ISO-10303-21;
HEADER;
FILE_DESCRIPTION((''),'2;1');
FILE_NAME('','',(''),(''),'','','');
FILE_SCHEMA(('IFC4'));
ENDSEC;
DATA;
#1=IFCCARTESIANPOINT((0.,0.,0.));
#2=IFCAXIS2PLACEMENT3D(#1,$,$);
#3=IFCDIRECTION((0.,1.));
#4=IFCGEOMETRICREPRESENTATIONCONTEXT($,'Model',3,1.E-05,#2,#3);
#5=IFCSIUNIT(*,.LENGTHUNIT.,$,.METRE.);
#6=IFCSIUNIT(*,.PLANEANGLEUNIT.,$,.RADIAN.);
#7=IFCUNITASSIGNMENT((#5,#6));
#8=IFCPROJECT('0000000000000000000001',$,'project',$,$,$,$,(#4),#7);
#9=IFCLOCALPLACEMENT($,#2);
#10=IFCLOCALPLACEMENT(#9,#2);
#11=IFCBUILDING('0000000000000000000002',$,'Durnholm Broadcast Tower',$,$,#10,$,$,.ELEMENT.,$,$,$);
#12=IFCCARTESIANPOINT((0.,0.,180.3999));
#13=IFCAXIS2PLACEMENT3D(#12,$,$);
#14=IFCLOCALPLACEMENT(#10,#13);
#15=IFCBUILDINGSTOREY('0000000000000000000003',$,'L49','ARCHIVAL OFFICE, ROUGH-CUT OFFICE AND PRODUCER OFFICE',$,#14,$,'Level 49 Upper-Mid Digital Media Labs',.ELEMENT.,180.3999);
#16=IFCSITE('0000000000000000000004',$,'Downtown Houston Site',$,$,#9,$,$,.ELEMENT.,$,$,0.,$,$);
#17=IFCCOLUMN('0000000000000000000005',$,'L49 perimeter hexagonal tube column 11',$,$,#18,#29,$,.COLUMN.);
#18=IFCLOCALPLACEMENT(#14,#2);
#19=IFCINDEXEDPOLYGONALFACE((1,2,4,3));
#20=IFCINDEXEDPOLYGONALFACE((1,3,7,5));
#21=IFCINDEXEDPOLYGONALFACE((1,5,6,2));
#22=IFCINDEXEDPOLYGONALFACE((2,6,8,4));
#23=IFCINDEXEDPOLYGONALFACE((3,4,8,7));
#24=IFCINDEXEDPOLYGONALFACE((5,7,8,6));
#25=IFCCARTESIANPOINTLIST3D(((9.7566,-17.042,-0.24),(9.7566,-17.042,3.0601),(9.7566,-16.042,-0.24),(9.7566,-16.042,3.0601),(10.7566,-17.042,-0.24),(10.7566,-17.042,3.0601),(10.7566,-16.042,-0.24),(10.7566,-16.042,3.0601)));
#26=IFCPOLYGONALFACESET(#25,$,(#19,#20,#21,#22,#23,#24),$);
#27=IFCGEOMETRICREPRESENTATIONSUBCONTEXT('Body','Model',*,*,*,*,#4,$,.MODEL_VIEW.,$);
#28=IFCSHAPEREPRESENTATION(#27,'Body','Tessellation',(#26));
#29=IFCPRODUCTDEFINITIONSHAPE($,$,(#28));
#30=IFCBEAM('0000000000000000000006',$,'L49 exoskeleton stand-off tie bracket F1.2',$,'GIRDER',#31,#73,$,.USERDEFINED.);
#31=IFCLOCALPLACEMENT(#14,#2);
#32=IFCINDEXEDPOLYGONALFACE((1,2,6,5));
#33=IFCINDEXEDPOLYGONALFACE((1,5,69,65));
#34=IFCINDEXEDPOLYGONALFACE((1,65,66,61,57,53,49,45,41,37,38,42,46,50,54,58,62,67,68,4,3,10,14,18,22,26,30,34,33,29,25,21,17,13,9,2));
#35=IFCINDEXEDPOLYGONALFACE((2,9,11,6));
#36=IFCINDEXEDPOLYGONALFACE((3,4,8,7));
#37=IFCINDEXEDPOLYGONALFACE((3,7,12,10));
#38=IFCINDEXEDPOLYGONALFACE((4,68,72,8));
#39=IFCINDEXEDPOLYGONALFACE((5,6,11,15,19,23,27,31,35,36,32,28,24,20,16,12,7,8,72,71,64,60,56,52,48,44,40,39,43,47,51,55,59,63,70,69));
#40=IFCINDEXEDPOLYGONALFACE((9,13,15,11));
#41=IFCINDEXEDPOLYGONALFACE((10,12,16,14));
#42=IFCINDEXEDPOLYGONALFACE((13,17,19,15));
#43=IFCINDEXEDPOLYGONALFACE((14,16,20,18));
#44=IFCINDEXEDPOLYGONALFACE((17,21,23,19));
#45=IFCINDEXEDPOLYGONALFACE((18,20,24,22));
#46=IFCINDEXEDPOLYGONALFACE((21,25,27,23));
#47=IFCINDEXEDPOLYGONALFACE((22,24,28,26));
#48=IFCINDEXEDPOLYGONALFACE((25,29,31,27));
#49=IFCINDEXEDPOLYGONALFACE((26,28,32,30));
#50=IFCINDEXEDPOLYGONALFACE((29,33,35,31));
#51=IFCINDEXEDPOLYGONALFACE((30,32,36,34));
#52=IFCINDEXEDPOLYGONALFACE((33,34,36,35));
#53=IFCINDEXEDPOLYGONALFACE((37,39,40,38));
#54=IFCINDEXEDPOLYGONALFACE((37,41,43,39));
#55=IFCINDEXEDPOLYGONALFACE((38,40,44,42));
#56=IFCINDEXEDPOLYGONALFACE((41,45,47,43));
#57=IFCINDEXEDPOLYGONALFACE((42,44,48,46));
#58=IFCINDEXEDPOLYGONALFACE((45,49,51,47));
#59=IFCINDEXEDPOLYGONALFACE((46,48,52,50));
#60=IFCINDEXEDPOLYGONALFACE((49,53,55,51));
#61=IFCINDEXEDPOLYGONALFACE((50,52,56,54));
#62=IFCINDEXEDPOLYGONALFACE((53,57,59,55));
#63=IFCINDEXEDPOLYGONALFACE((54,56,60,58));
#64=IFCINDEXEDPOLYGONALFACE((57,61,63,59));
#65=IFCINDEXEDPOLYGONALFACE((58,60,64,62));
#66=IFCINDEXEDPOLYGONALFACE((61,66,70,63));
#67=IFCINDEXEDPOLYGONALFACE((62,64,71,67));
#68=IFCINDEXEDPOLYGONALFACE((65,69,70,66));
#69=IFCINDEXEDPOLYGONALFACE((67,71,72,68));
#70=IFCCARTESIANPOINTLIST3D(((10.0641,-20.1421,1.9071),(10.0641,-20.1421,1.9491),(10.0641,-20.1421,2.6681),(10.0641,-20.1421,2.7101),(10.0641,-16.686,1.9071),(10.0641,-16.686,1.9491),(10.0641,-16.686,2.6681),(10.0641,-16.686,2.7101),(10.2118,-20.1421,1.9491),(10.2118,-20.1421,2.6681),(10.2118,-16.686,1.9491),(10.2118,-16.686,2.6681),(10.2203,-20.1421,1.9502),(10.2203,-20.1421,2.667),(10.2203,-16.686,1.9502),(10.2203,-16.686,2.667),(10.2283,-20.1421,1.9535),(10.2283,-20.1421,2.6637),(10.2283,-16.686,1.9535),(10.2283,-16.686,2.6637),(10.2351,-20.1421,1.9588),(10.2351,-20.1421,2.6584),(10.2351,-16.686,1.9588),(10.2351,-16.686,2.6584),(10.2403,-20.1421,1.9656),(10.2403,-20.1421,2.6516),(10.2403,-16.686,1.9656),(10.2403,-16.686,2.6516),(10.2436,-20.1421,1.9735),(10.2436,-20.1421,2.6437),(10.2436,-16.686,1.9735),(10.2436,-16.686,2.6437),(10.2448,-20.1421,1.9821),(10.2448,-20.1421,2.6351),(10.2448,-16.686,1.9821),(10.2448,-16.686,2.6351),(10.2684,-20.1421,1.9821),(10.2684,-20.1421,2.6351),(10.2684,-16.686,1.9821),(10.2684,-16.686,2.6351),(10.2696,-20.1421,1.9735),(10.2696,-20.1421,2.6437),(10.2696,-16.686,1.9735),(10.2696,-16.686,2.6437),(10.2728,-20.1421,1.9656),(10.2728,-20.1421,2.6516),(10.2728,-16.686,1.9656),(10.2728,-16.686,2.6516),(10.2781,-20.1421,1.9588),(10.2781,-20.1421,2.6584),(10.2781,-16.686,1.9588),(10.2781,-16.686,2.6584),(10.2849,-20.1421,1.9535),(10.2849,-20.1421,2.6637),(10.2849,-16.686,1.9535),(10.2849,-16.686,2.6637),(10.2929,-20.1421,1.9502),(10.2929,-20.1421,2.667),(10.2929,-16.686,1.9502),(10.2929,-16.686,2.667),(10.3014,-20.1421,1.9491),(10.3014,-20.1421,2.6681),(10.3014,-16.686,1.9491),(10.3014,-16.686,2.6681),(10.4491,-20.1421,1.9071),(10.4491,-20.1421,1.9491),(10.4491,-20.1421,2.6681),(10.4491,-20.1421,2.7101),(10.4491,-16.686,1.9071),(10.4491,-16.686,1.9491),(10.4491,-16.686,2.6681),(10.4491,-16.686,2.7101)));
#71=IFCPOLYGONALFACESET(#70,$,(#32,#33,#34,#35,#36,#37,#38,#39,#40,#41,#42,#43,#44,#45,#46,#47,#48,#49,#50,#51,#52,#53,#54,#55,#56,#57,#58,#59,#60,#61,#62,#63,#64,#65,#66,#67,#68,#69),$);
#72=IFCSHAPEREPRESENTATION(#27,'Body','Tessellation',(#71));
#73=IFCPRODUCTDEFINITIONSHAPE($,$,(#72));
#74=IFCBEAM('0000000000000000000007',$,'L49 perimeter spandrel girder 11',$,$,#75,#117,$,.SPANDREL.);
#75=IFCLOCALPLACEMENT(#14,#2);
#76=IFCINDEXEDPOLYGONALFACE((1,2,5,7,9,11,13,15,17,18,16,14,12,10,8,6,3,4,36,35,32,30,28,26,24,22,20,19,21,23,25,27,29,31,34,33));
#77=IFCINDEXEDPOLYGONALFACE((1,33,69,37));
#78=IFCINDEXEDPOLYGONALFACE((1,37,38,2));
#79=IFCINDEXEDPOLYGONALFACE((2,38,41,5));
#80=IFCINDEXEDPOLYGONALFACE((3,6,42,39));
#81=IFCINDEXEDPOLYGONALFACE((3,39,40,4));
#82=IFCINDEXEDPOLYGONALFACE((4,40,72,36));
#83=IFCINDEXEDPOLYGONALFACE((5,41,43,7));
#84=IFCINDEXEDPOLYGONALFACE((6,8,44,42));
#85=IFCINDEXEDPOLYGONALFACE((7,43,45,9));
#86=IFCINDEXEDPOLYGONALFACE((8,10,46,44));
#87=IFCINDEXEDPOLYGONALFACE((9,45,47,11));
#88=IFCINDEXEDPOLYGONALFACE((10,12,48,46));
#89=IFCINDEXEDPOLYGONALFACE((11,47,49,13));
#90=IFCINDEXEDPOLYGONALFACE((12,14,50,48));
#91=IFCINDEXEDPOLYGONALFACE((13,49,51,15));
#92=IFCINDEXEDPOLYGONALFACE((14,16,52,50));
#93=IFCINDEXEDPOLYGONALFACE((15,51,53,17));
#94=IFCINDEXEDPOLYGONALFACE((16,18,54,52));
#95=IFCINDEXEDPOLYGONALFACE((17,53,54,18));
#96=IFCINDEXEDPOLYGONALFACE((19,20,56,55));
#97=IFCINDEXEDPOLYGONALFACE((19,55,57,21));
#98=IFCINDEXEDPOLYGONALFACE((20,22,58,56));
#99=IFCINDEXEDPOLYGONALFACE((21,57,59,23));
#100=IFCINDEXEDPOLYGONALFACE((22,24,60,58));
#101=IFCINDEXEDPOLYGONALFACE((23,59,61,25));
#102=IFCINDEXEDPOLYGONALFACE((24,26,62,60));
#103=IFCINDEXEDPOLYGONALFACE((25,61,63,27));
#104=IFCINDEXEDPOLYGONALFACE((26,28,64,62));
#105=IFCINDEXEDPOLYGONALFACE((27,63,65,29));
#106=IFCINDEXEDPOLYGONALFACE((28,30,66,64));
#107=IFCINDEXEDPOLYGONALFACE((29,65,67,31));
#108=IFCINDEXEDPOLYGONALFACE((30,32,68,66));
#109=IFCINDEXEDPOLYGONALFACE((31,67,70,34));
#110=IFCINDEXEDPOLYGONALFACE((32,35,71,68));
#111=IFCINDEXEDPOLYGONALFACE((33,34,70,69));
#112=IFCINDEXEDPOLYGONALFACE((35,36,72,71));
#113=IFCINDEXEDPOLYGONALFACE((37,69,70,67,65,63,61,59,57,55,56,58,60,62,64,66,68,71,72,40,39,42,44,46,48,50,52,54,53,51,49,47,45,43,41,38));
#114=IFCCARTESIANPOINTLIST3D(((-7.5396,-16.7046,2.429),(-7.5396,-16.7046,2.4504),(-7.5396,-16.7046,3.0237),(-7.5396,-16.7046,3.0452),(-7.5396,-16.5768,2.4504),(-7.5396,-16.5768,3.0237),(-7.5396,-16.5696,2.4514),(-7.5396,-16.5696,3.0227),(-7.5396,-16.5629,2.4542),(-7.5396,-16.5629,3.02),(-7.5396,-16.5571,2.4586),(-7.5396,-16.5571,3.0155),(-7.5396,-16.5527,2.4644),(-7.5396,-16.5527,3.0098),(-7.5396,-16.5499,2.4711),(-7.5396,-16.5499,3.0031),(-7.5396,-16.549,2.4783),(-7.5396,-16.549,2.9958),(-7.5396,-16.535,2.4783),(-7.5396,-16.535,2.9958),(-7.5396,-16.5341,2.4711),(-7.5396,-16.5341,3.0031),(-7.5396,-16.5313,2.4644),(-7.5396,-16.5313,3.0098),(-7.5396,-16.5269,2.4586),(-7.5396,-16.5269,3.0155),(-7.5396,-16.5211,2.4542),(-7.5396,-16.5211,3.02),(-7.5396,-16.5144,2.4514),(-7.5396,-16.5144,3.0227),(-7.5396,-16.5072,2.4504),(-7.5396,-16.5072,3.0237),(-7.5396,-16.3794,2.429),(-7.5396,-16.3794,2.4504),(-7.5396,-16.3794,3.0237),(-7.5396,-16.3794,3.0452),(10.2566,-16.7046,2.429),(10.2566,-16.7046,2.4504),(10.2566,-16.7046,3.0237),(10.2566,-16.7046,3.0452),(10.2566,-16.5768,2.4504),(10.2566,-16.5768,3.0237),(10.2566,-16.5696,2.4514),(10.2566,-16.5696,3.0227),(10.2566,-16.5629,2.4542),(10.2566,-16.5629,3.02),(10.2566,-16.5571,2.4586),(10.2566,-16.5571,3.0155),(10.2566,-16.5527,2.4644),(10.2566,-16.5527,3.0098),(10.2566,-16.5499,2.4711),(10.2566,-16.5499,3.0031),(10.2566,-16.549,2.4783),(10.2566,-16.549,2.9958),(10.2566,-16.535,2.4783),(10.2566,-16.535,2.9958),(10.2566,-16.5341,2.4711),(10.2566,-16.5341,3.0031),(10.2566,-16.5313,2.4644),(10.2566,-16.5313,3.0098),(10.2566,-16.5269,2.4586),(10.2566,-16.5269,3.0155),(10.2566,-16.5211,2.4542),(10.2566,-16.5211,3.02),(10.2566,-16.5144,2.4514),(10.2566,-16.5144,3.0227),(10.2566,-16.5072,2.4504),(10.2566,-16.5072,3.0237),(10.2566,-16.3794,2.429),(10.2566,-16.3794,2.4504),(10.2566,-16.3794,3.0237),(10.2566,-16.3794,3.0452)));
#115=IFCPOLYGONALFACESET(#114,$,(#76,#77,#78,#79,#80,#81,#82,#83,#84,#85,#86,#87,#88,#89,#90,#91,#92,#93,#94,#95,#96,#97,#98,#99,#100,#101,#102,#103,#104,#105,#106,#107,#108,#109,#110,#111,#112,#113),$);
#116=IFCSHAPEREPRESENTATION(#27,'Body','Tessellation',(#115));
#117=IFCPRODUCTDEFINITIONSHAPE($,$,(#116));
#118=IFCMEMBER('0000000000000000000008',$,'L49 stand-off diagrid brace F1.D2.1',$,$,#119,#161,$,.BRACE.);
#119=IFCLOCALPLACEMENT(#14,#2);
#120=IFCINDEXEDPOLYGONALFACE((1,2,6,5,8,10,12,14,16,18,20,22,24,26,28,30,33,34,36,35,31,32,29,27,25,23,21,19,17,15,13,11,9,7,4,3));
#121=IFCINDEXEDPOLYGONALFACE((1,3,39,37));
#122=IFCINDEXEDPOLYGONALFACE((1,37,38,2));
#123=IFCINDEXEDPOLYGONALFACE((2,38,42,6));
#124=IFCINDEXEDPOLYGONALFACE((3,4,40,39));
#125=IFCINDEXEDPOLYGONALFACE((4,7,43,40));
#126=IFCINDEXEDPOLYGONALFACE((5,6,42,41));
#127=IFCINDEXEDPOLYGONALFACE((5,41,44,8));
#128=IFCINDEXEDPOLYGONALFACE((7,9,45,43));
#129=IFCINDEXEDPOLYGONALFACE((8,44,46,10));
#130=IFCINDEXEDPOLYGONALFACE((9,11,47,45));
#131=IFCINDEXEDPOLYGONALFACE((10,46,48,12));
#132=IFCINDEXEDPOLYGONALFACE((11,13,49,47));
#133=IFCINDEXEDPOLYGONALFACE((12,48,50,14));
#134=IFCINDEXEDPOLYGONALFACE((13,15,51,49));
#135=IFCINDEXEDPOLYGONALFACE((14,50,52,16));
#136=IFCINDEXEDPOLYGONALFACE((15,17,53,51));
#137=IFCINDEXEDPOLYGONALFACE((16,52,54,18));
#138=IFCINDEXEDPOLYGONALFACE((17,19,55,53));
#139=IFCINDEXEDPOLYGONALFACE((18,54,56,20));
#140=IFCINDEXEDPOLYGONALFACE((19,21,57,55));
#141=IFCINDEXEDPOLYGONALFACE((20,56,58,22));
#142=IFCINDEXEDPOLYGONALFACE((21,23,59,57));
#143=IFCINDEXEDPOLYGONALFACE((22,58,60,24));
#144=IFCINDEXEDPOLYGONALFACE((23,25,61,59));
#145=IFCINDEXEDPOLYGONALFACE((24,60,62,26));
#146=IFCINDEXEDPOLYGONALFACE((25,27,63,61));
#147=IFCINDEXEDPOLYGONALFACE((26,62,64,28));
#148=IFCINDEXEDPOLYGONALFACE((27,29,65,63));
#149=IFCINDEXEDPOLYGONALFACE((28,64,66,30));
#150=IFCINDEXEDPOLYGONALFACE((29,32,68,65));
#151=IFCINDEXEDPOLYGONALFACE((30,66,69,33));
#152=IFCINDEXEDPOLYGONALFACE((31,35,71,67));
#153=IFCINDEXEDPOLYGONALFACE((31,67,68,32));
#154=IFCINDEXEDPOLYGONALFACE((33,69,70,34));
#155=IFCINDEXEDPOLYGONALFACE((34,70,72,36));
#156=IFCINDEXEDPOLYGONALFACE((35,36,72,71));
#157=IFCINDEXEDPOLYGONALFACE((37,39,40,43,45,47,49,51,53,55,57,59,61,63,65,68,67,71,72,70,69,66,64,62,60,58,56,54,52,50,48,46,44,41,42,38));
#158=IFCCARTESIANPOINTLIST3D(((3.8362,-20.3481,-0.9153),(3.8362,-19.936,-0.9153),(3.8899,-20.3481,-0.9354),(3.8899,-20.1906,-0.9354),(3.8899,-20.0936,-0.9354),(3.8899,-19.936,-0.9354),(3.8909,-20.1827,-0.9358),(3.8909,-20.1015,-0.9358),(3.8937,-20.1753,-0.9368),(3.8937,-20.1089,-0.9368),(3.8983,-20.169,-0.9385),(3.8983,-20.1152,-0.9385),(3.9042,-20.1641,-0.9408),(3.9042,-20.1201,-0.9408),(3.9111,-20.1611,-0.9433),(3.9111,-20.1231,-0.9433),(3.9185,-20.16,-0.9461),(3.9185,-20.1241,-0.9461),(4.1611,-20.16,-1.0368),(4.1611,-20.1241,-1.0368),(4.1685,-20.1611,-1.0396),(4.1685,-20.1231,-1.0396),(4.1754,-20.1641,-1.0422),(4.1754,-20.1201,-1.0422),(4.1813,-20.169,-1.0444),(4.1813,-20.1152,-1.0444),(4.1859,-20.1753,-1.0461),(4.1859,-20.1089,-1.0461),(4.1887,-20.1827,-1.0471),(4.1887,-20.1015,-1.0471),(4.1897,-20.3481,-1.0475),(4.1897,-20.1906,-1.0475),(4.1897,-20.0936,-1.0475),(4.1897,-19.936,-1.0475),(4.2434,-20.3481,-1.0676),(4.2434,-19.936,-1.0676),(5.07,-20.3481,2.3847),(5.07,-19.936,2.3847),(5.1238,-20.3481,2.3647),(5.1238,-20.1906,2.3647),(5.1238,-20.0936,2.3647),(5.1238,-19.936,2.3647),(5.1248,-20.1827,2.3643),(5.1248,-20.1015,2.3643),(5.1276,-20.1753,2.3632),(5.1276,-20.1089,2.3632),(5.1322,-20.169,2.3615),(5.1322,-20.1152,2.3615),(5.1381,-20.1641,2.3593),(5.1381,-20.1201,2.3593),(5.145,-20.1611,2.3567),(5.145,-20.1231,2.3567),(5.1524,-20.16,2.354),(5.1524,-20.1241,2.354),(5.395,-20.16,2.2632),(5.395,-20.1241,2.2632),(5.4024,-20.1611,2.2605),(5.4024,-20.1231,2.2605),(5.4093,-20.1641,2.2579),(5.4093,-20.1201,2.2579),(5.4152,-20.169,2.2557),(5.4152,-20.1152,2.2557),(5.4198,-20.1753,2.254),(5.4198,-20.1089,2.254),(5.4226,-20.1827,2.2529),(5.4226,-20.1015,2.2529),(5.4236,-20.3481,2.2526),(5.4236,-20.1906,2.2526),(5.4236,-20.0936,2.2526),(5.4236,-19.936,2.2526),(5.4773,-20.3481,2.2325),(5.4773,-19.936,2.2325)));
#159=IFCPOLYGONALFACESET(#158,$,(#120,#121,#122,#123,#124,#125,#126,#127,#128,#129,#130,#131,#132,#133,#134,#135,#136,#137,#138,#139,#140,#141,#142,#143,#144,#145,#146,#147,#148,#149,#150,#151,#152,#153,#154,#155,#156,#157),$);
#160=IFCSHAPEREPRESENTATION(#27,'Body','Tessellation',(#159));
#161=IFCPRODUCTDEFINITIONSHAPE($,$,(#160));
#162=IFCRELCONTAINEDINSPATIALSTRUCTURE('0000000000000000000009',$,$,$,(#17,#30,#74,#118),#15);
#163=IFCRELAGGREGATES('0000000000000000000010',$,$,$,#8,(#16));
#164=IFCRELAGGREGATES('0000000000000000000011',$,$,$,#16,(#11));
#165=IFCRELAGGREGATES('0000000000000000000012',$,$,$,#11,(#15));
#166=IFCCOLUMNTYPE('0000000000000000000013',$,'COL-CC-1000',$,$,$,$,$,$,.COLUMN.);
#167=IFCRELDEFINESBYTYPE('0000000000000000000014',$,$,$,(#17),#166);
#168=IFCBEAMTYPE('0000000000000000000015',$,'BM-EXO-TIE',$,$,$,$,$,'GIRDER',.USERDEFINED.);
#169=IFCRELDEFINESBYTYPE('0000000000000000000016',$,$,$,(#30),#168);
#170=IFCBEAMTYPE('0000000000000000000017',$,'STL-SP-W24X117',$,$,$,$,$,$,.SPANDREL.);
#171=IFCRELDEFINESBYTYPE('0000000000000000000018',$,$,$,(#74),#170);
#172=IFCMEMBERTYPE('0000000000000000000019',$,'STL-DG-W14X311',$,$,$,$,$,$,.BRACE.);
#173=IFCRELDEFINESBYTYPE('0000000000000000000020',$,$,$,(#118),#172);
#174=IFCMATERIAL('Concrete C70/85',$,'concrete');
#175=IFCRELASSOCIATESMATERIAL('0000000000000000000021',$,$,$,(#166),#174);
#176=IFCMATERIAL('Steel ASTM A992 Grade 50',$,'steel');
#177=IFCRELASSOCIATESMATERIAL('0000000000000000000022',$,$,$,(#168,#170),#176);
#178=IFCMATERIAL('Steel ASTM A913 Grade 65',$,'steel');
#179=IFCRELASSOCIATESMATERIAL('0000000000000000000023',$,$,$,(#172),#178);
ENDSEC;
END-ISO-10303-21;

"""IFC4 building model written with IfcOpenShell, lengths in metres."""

from ifc_helpers import new_model, si_unit, direction, frame, origin, origin_2d, place, context, subcontext, project, spatial, rectangle, i_section, extrude, source, transform, mapped, material, material_profile, profile_set, type_object, type_shapes, element, save


model = new_model("IFC4")

# Units and contexts
model_context = context("Model", 3, precision=1e-05, world=origin(), true_north=direction((0.0, 1.0)))
body_context = subcontext(model_context, "Body", "Model", "MODEL_VIEW")
ifc_project = project(units=[si_unit("LENGTHUNIT", "METRE"), si_unit("PLANEANGLEUNIT", "RADIAN")], contexts=[model_context])

# Site, building, storey
site_placement = place(None, origin())
site = spatial("IfcSite", under=ifc_project, at=site_placement, Name="Downtown Houston Site", CompositionType="ELEMENT", RefElevation=0.0)
building_placement = place(site_placement, origin())
building = spatial("IfcBuilding", under=site, at=building_placement, Name="Durnholm Broadcast Tower", CompositionType="ELEMENT")
storey_placement = place(building_placement, frame((0.0, 0.0, 180.3999)))
storey = spatial("IfcBuildingStorey", under=building, at=storey_placement, Name="L49", Description="ARCHIVAL OFFICE, ROUGH-CUT OFFICE AND PRODUCER OFFICE", LongName="Level 49 Upper-Mid Digital Media Labs", CompositionType="ELEMENT", Elevation=180.3999)

# Column
ifc_material_1 = material(Name="Concrete C70/85", Category="concrete")
ifc_material_profile_1 = material_profile(ifc_material_1, rectangle(XDim=1.0, YDim=1.0, at=origin_2d()), Name="RC1000X1000")
ifc_profile_set_1 = profile_set([ifc_material_profile_1], Name="Concrete C70/85")
column_type = type_object("IfcColumnType", Name="COL-CC-1000", PredefinedType="COLUMN", material=ifc_profile_set_1)
shared_shape_1 = source(origin(), body_context, "Body", "SweptSolid", [
    extrude(rectangle(XDim=1.0, YDim=1.0, at=origin_2d()), origin(), (0.0, 0.0, 1.0), 3.3),
])
type_shapes(column_type, [shared_shape_1])
column_placement = place(storey_placement, frame((10.2566, -16.542, -0.24), z_axis=(0.0, 0.0, 1.0), x_axis=(1.0, 0.0, 0.0)))
element("IfcColumn", 1, at=column_placement, inside=storey, type_object=column_type, Name="L49 perimeter hexagonal tube column 11", PredefinedType="COLUMN", context=body_context, shape_type="MappedRepresentation", body=[
    mapped(shared_shape_1, transform((0.0, 0.0, 0.0), x_axis=(1.0, 0.0, 0.0), y_axis=(0.0, 1.0, 0.0), z_axis=(0.0, 0.0, 1.0), scale=1.0)),
])

# Beams
ifc_material_2 = material(Name="Steel ASTM A992 Grade 50", Category="steel")
ifc_material_profile_2 = material_profile(ifc_material_2, i_section(OverallWidth=0.385, OverallDepth=0.803, WebThickness=0.0237, FlangeThickness=0.042, FilletRadius=0.033, at=origin_2d()), Name="W30X261")
ifc_profile_set_2 = profile_set([ifc_material_profile_2], Name="Steel ASTM A992 Grade 50")
beam_type_1 = type_object("IfcBeamType", Name="BM-EXO-TIE", ElementType="GIRDER", PredefinedType="USERDEFINED", material=ifc_profile_set_2)
shared_shape_2 = source(origin(), body_context, "Body", "SweptSolid", [
    extrude(i_section(OverallWidth=0.385, OverallDepth=0.803, WebThickness=0.0237, FlangeThickness=0.042, FilletRadius=0.033, at=origin_2d()), origin(), (0.0, 0.0, 1.0), 3.4561),
])
type_shapes(beam_type_1, [shared_shape_2])
beam_1_placement = place(storey_placement, frame((10.2566, -16.686, 2.3086), z_axis=(0.0, -1.0, 0.0), x_axis=(1.0, 0.0, 0.0)))
element("IfcBeam", 2, at=beam_1_placement, inside=storey, type_object=beam_type_1, Name="L49 exoskeleton stand-off tie bracket F1.2", ObjectType="GIRDER", PredefinedType="USERDEFINED", context=body_context, shape_type="MappedRepresentation", body=[
    mapped(shared_shape_2, transform((0.0, 0.0, 0.0), x_axis=(1.0, 0.0, 0.0), y_axis=(0.0, 1.0, 0.0), z_axis=(0.0, 0.0, 1.0), scale=1.0)),
])
ifc_material_profile_3 = material_profile(ifc_material_2, i_section(OverallWidth=0.3252, OverallDepth=0.6162, WebThickness=0.0139, FlangeThickness=0.0215, FilletRadius=0.0278, at=origin_2d()), Name="W24X117")
ifc_profile_set_3 = profile_set([ifc_material_profile_3], Name="Steel ASTM A992 Grade 50")
beam_type_2 = type_object("IfcBeamType", Name="STL-SP-W24X117", PredefinedType="SPANDREL", material=ifc_profile_set_3)
shared_shape_3 = source(origin(), body_context, "Body", "SweptSolid", [
    extrude(i_section(OverallWidth=0.3252, OverallDepth=0.6162, WebThickness=0.0139, FlangeThickness=0.0215, FilletRadius=0.0278, at=origin_2d()), origin(), (0.0, 0.0, 1.0), 17.7961),
])
type_shapes(beam_type_2, [shared_shape_3])
beam_2_placement = place(storey_placement, frame((10.2566, -16.542, 2.7371), z_axis=(-1.0, 0.0, 0.0), x_axis=(0.0, -1.0, 0.0)))
element("IfcBeam", 3, at=beam_2_placement, inside=storey, type_object=beam_type_2, Name="L49 perimeter spandrel girder 11", PredefinedType="SPANDREL", context=body_context, shape_type="MappedRepresentation", body=[
    mapped(shared_shape_3, transform((0.0, 0.0, 0.0), x_axis=(1.0, 0.0, 0.0), y_axis=(0.0, 1.0, 0.0), z_axis=(0.0, 0.0, 1.0), scale=1.0)),
])

# Member
ifc_material_3 = material(Name="Steel ASTM A913 Grade 65", Category="steel")
ifc_material_profile_4 = material_profile(ifc_material_3, i_section(OverallWidth=0.4121, OverallDepth=0.4348, WebThickness=0.0359, FlangeThickness=0.0574, FilletRadius=0.0305, at=origin_2d()), Name="W14X311")
ifc_profile_set_4 = profile_set([ifc_material_profile_4], Name="Steel ASTM A913 Grade 65")
member_type_1 = type_object("IfcMemberType", Name="STL-DG-W14X311", PredefinedType="BRACE", material=ifc_profile_set_4)
shared_shape_4 = source(origin(), body_context, "Body", "SweptSolid", [
    extrude(i_section(OverallWidth=0.4121, OverallDepth=0.4348, WebThickness=0.0359, FlangeThickness=0.0574, FilletRadius=0.0305, at=origin_2d()), origin(), (0.0, 0.0, 1.0), 3.5232),
])
type_shapes(member_type_1, [shared_shape_4])
for number, where, z_axis, x_axis, name in (
    (4, (4.0398, -20.1421, -0.9915), (0.35022, 0.0, 0.936668), (0.0, 1.0, 0.0), "L49 stand-off diagrid brace F1.D2.1"),
):
    element("IfcMember", number, at=place(storey_placement, frame(where, z_axis=z_axis, x_axis=x_axis)), inside=storey, type_object=member_type_1, Name=name, PredefinedType="BRACE", context=body_context, shape_type="MappedRepresentation", body=[
        mapped(shared_shape_4, transform((0.0, 0.0, 0.0), x_axis=(1.0, 0.0, 0.0), y_axis=(0.0, 1.0, 0.0), z_axis=(0.0, 0.0, 1.0), scale=1.0)),
    ])

save(model, "model.ifc")
